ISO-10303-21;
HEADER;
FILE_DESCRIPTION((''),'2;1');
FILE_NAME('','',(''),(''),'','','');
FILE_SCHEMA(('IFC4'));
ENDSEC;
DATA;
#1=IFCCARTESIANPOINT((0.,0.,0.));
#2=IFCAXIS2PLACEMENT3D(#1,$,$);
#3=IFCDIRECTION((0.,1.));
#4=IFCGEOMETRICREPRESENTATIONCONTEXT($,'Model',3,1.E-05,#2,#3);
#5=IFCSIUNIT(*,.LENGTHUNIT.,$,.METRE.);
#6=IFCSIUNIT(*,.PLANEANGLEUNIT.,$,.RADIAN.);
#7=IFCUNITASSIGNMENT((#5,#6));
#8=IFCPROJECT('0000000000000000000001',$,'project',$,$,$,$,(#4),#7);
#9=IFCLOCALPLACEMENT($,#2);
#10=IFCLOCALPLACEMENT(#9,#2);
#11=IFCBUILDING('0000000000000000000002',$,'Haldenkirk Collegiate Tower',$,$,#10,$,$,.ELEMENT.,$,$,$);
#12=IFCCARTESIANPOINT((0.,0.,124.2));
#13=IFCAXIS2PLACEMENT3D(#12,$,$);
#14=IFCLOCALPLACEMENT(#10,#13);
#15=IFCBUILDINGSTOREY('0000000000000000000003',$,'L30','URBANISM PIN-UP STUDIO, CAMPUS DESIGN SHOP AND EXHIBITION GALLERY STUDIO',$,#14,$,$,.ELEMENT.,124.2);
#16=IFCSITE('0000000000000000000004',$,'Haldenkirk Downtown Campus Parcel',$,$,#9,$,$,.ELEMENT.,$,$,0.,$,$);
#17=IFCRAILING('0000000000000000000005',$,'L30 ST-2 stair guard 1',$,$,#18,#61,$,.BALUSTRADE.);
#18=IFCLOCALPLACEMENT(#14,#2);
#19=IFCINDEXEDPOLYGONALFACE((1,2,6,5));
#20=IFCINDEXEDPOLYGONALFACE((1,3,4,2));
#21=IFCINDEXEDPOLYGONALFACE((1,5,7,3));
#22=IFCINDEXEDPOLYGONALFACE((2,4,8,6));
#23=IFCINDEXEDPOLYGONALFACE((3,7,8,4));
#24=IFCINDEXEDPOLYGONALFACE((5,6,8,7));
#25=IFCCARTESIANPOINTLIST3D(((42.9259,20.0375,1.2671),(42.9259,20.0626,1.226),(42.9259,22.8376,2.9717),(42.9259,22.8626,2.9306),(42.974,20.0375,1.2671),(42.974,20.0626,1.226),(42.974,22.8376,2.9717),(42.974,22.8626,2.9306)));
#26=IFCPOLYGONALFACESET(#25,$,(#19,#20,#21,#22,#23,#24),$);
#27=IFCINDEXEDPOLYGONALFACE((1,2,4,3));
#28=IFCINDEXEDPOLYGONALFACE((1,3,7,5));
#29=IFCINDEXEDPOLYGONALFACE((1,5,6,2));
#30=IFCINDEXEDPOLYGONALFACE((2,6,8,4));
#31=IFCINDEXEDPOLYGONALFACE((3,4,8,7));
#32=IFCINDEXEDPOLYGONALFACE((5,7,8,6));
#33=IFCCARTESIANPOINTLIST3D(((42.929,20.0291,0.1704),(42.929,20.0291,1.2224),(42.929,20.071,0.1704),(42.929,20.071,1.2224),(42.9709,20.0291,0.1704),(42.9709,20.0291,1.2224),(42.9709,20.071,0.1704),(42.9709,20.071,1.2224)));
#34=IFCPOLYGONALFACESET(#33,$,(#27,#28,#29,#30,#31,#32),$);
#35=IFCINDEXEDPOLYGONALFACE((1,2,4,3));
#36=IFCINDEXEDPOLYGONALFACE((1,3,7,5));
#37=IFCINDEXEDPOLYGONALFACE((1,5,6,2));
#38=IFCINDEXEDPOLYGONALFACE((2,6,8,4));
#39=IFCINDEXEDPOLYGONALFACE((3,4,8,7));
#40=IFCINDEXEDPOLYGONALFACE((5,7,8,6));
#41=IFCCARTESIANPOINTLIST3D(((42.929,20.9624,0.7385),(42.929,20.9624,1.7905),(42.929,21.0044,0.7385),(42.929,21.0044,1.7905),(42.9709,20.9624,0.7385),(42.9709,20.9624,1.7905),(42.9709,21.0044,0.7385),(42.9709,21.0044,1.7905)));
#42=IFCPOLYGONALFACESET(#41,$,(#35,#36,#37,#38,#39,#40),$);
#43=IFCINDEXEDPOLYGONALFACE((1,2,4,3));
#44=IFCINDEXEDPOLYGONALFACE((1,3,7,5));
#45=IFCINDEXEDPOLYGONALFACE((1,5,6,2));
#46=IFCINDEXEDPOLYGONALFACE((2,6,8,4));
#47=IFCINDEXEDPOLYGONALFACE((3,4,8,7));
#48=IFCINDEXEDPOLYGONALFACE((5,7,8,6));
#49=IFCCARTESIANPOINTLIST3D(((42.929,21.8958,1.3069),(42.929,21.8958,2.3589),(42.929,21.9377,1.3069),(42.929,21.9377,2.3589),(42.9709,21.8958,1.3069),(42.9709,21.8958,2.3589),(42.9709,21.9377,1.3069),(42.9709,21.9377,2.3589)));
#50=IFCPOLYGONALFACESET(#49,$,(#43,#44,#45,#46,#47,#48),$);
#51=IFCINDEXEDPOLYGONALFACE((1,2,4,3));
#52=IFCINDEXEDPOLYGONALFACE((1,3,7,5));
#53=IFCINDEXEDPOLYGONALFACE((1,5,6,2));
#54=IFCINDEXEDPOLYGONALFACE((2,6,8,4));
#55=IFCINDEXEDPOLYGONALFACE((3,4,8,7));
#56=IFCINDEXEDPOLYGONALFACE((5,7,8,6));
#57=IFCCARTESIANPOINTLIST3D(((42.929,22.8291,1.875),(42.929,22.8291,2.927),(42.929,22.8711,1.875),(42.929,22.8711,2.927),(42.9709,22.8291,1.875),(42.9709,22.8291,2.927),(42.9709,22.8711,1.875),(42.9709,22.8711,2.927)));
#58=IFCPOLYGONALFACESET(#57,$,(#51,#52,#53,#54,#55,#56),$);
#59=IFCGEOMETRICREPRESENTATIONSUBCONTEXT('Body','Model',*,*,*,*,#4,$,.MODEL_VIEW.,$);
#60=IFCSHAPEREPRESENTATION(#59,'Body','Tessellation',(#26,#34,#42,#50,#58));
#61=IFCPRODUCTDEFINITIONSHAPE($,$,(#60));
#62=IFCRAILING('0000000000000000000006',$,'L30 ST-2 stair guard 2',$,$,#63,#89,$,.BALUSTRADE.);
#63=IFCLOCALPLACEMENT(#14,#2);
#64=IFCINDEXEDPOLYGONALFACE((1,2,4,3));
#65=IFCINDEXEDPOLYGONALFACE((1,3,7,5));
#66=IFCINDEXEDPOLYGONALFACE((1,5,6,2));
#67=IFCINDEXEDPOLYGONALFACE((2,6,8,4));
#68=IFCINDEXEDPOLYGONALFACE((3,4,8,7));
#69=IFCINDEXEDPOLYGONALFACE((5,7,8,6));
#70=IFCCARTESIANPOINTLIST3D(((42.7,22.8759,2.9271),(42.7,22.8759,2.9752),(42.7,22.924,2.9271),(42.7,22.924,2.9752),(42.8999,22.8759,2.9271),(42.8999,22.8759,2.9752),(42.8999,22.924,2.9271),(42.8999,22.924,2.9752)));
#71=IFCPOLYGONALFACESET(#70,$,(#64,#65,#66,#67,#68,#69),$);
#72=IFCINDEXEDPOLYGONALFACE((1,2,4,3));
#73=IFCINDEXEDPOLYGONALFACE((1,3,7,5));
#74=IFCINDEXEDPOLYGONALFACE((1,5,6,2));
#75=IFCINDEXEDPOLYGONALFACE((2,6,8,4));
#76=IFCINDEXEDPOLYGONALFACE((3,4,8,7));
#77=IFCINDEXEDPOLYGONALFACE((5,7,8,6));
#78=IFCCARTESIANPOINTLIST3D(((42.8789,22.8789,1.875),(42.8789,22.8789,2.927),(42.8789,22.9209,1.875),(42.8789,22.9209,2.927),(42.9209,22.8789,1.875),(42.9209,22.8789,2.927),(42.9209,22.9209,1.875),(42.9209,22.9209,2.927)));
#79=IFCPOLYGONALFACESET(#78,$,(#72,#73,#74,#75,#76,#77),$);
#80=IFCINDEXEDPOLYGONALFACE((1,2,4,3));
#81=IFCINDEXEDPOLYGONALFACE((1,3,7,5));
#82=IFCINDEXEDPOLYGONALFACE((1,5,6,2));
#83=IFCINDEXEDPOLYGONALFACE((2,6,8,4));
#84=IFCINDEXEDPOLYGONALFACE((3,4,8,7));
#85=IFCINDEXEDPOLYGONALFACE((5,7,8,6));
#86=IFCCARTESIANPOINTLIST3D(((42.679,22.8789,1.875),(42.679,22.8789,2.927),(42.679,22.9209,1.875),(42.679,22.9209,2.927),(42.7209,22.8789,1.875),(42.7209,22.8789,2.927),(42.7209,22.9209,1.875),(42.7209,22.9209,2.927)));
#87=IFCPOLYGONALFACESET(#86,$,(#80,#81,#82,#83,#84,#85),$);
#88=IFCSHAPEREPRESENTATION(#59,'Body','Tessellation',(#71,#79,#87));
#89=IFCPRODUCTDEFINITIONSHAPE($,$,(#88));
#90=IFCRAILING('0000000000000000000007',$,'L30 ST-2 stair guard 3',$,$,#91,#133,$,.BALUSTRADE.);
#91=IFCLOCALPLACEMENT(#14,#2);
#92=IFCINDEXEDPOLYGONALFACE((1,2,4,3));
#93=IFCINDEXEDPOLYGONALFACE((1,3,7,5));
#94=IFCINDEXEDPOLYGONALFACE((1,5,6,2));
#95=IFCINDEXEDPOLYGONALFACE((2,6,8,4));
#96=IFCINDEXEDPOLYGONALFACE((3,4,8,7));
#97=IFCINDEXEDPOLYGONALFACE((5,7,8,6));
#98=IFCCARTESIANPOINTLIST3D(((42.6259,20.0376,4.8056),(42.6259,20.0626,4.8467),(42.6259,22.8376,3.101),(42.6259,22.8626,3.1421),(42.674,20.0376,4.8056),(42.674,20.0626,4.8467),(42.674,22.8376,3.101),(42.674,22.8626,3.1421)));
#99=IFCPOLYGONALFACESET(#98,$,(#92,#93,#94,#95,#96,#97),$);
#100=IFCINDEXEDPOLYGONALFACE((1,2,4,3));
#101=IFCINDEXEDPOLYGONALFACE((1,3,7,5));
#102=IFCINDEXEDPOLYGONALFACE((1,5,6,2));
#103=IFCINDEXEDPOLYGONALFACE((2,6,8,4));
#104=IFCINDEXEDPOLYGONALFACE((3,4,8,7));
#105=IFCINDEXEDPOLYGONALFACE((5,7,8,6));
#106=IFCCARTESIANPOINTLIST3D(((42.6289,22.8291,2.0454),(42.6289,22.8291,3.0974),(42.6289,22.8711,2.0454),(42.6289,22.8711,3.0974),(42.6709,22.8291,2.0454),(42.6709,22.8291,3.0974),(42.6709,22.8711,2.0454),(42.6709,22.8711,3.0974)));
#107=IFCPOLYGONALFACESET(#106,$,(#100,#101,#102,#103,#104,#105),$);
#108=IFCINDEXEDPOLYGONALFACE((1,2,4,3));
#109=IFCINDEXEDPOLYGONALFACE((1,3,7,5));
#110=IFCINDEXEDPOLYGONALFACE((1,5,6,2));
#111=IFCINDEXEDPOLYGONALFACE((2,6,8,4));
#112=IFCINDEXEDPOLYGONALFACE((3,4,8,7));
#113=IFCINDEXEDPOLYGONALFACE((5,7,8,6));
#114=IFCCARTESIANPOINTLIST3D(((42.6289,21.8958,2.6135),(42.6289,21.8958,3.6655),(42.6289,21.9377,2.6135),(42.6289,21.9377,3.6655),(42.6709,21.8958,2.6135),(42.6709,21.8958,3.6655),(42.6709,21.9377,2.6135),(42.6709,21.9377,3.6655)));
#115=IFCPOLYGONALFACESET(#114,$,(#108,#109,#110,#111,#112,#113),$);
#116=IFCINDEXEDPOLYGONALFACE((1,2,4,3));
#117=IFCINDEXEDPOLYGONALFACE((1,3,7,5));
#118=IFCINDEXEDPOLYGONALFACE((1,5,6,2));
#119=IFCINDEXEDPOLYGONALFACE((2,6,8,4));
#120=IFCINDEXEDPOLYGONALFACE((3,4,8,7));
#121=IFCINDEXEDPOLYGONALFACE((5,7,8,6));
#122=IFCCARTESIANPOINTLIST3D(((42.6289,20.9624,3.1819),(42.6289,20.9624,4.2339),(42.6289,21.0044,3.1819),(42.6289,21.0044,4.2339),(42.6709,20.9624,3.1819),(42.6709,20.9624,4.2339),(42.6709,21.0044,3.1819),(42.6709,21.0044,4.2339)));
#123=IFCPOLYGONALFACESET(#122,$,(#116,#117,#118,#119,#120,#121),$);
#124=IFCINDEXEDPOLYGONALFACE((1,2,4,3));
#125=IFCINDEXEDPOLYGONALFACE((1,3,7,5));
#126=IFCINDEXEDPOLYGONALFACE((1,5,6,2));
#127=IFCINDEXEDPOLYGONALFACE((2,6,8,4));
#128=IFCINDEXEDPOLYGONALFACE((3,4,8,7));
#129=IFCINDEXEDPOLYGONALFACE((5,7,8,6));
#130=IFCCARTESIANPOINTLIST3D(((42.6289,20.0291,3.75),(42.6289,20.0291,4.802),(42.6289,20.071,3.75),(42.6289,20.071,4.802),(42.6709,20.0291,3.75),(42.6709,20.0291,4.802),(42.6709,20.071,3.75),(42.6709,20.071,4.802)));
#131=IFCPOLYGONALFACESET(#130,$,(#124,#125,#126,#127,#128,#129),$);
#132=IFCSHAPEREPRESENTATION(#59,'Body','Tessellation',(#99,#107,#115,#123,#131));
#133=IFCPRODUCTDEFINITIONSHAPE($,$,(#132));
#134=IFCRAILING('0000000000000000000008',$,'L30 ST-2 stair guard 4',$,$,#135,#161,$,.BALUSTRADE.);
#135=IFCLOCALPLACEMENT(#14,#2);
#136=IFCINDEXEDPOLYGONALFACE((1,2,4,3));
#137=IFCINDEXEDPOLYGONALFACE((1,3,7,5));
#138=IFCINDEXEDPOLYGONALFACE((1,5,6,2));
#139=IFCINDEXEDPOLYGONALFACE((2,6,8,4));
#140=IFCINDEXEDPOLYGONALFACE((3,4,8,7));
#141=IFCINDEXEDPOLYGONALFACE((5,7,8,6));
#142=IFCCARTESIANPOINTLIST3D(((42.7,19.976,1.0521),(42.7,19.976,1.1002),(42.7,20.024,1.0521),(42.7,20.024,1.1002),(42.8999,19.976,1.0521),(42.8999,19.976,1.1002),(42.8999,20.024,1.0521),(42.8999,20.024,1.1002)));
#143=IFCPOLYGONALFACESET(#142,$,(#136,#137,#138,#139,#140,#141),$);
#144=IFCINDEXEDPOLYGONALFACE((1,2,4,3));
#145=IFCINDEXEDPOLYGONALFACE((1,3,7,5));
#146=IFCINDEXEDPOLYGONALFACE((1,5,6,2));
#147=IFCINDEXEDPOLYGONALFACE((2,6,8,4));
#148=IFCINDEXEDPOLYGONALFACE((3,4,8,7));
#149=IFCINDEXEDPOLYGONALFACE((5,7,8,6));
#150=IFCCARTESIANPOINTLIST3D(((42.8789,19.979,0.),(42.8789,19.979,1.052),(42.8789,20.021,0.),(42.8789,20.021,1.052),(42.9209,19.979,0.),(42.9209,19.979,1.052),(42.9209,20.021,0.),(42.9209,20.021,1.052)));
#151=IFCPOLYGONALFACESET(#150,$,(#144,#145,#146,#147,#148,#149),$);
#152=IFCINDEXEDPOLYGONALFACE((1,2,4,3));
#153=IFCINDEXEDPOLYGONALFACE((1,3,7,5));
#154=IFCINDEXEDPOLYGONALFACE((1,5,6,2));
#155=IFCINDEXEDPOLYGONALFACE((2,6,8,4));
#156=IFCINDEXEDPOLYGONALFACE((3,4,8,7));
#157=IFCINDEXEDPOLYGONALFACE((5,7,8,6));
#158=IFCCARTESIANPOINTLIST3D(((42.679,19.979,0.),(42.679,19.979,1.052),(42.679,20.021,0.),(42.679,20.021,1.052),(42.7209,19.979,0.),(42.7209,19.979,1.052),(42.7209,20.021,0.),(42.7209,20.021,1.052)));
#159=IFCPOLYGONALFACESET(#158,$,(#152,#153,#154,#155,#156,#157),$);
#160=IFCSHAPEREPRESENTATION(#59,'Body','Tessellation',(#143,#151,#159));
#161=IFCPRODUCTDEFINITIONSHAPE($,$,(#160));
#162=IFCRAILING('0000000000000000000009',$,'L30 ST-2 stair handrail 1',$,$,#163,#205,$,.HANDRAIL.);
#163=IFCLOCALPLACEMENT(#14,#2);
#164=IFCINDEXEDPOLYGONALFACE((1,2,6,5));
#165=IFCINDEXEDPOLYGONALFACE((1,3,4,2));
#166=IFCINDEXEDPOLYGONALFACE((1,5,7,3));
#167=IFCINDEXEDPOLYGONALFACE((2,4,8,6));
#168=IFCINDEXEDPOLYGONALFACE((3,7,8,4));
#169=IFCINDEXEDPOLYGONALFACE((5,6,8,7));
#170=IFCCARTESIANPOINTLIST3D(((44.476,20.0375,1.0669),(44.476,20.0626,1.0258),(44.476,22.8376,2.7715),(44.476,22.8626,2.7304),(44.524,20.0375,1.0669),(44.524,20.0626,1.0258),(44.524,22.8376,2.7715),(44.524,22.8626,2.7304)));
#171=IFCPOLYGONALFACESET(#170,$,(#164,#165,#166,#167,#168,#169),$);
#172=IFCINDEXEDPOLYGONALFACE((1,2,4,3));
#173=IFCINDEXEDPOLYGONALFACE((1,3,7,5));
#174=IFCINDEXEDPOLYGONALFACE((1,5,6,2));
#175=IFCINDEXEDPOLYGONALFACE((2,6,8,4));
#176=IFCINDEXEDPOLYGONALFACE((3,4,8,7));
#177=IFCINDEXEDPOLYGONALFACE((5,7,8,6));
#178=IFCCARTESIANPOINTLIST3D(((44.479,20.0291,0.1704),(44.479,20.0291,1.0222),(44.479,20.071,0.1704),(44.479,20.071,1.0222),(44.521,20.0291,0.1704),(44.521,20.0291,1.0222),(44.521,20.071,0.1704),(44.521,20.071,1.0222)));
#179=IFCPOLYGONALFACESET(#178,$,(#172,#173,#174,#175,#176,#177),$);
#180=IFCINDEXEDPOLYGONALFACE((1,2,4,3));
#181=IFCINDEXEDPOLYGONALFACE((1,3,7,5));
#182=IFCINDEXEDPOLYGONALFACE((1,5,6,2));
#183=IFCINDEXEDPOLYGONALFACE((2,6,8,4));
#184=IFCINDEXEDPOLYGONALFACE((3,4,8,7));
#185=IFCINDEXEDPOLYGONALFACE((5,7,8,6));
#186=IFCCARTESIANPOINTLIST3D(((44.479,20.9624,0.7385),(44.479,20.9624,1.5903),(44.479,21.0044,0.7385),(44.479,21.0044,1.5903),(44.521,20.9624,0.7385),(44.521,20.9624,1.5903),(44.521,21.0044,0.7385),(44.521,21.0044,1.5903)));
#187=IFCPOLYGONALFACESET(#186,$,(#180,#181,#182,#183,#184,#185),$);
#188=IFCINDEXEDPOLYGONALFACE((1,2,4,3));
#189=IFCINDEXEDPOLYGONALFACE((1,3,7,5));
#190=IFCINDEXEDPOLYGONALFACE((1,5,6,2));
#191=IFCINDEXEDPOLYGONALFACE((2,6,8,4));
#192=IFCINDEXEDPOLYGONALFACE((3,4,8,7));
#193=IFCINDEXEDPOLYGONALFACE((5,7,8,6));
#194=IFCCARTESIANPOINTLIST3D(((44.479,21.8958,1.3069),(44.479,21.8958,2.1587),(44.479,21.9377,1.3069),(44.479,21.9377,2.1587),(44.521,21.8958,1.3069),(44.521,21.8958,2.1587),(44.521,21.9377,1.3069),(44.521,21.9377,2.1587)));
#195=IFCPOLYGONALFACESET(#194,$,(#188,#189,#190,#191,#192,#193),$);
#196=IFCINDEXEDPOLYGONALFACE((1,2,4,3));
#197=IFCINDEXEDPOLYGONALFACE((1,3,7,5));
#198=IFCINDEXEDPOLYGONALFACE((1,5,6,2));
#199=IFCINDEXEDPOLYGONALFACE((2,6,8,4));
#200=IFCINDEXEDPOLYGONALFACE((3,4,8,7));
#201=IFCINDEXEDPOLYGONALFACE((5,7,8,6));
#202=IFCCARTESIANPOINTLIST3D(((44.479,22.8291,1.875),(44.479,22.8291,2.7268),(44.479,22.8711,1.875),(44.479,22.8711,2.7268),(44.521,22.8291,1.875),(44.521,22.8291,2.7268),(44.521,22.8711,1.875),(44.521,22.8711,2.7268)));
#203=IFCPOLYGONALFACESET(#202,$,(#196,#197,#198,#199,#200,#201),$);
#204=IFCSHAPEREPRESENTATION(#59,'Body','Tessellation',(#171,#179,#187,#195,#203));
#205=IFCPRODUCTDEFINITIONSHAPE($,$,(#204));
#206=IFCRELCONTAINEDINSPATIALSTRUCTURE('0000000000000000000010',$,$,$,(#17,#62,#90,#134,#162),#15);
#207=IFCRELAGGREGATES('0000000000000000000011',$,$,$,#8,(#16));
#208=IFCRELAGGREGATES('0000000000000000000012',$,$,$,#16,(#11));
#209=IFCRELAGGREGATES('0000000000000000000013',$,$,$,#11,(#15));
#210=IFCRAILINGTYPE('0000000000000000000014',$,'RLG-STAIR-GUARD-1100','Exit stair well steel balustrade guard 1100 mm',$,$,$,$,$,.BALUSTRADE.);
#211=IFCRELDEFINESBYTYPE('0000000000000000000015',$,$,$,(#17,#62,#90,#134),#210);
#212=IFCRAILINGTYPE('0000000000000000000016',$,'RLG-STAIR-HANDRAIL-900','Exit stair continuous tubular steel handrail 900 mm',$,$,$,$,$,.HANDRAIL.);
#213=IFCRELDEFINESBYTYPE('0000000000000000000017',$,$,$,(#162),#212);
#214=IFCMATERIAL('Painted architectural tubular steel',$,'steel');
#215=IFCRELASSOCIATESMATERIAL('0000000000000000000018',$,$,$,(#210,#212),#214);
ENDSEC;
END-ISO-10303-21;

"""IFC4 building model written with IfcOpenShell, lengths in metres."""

from ifc_helpers import new_model, si_unit, direction, frame, origin, origin_2d, place, context, subcontext, project, spatial, rectangle, extrude, material, type_object, element, save


model = new_model("IFC4")

# Units and contexts
model_context = context("Model", 3, precision=1e-05, world=origin(), true_north=direction((0.0, 1.0)))
body_context = subcontext(model_context, "Body", "Model", "MODEL_VIEW")
ifc_project = project(units=[si_unit("LENGTHUNIT", "METRE"), si_unit("PLANEANGLEUNIT", "RADIAN")], contexts=[model_context])

# Site, building, storey
site_placement = place(None, origin())
site = spatial("IfcSite", under=ifc_project, at=site_placement, Name="Haldenkirk Downtown Campus Parcel", CompositionType="ELEMENT", RefElevation=0.0)
building_placement = place(site_placement, origin())
building = spatial("IfcBuilding", under=site, at=building_placement, Name="Haldenkirk Collegiate Tower", CompositionType="ELEMENT")
storey_placement = place(building_placement, frame((0.0, 0.0, 124.2)))
storey = spatial("IfcBuildingStorey", under=building, at=storey_placement, Name="L30", Description="URBANISM PIN-UP STUDIO, CAMPUS DESIGN SHOP AND EXHIBITION GALLERY STUDIO", CompositionType="ELEMENT", Elevation=124.2)

# Railings
ifc_material_1 = material(Name="Painted architectural tubular steel", Category="steel")
railing_type_1 = type_object("IfcRailingType", Name="RLG-STAIR-GUARD-1100", Description="Exit stair well steel balustrade guard 1100 mm", PredefinedType="BALUSTRADE", material=ifc_material_1)
railing_1_placement = place(storey_placement, frame((42.95, 20.05, 0.1704)))
element("IfcRailing", 1, at=railing_1_placement, inside=storey, type_object=railing_type_1, Name="L30 ST-2 stair guard 1", PredefinedType="BALUSTRADE", context=body_context, shape_type="SweptSolid", body=[
    extrude(rectangle(XDim=0.0481, YDim=0.0481, at=origin_2d()), frame((0.0, 0.0, 1.0762), z_axis=(0.0, 0.85417, 0.519994), x_axis=(-1.0, 0.0, 0.0)), (0.0, 0.0, 1.0), 3.2781),
    extrude(rectangle(XDim=0.042, YDim=0.042, at=origin_2d()), origin(), (0.0, 0.0, 1.0), 1.052),
    extrude(rectangle(XDim=0.042, YDim=0.042, at=origin_2d()), frame((0.0, 0.9333, 0.5681)), (0.0, 0.0, 1.0), 1.052),
    extrude(rectangle(XDim=0.042, YDim=0.042, at=origin_2d()), frame((0.0, 1.8667, 1.1365)), (0.0, 0.0, 1.0), 1.052),
    extrude(rectangle(XDim=0.042, YDim=0.042, at=origin_2d()), frame((0.0, 2.8, 1.7046)), (0.0, 0.0, 1.0), 1.052),
])
railing_2_placement = place(storey_placement, frame((42.8999, 22.8999, 1.875)))
element("IfcRailing", 2, at=railing_2_placement, inside=storey, type_object=railing_type_1, Name="L30 ST-2 stair guard 2", PredefinedType="BALUSTRADE", context=body_context, shape_type="SweptSolid", body=[
    extrude(rectangle(XDim=0.0481, YDim=0.0481, at=origin_2d()), frame((0.0, 0.0, 1.0762), z_axis=(-1.0, 0.0, 0.0), x_axis=(0.0, -1.0, 0.0)), (0.0, 0.0, 1.0), 0.2),
    extrude(rectangle(XDim=0.042, YDim=0.042, at=origin_2d()), origin(), (0.0, 0.0, 1.0), 1.052),
    extrude(rectangle(XDim=0.042, YDim=0.042, at=origin_2d()), frame((-0.2, 0.0, 0.0)), (0.0, 0.0, 1.0), 1.052),
])
railing_3_placement = place(storey_placement, frame((42.6499, 22.8501, 2.0454)))
element("IfcRailing", 3, at=railing_3_placement, inside=storey, type_object=railing_type_1, Name="L30 ST-2 stair guard 3", PredefinedType="BALUSTRADE", context=body_context, shape_type="SweptSolid", body=[
    extrude(rectangle(XDim=0.0481, YDim=0.0481, at=origin_2d()), frame((0.0, 0.0, 1.0762), z_axis=(0.0, -0.85417, 0.519994), x_axis=(1.0, 0.0, 0.0)), (0.0, 0.0, 1.0), 3.2781),
    extrude(rectangle(XDim=0.042, YDim=0.042, at=origin_2d()), origin(), (0.0, 0.0, 1.0), 1.052),
    extrude(rectangle(XDim=0.042, YDim=0.042, at=origin_2d()), frame((0.0, -0.9333, 0.5681)), (0.0, 0.0, 1.0), 1.052),
    extrude(rectangle(XDim=0.042, YDim=0.042, at=origin_2d()), frame((0.0, -1.8667, 1.1365)), (0.0, 0.0, 1.0), 1.052),
    extrude(rectangle(XDim=0.042, YDim=0.042, at=origin_2d()), frame((0.0, -2.8, 1.7046)), (0.0, 0.0, 1.0), 1.052),
])
railing_4_placement = place(storey_placement, frame((42.8999, 20.0, 0.0)))
element("IfcRailing", 4, at=railing_4_placement, inside=storey, type_object=railing_type_1, Name="L30 ST-2 stair guard 4", PredefinedType="BALUSTRADE", context=body_context, shape_type="SweptSolid", body=[
    extrude(rectangle(XDim=0.0481, YDim=0.0481, at=origin_2d()), frame((0.0, 0.0, 1.0762), z_axis=(-1.0, 0.0, 0.0), x_axis=(0.0, -1.0, 0.0)), (0.0, 0.0, 1.0), 0.2),
    extrude(rectangle(XDim=0.042, YDim=0.042, at=origin_2d()), origin(), (0.0, 0.0, 1.0), 1.052),
    extrude(rectangle(XDim=0.042, YDim=0.042, at=origin_2d()), frame((-0.2, 0.0, 0.0)), (0.0, 0.0, 1.0), 1.052),
])
railing_type_2 = type_object("IfcRailingType", Name="RLG-STAIR-HANDRAIL-900", Description="Exit stair continuous tubular steel handrail 900 mm", PredefinedType="HANDRAIL", material=ifc_material_1)
railing_5_placement = place(storey_placement, frame((44.5, 20.05, 0.1704)))
element("IfcRailing", 5, at=railing_5_placement, inside=storey, type_object=railing_type_2, Name="L30 ST-2 stair handrail 1", PredefinedType="HANDRAIL", context=body_context, shape_type="SweptSolid", body=[
    extrude(rectangle(XDim=0.0481, YDim=0.0481, at=origin_2d()), frame((0.0, 0.0, 0.876), z_axis=(0.0, 0.85417, 0.519994), x_axis=(-1.0, 0.0, 0.0)), (0.0, 0.0, 1.0), 3.2781),
    extrude(rectangle(XDim=0.042, YDim=0.042, at=origin_2d()), origin(), (0.0, 0.0, 1.0), 0.8518),
    extrude(rectangle(XDim=0.042, YDim=0.042, at=origin_2d()), frame((0.0, 0.9333, 0.5681)), (0.0, 0.0, 1.0), 0.8518),
    extrude(rectangle(XDim=0.042, YDim=0.042, at=origin_2d()), frame((0.0, 1.8667, 1.1365)), (0.0, 0.0, 1.0), 0.8518),
    extrude(rectangle(XDim=0.042, YDim=0.042, at=origin_2d()), frame((0.0, 2.8, 1.7046)), (0.0, 0.0, 1.0), 0.8518),
])

save(model, "model.ifc")
